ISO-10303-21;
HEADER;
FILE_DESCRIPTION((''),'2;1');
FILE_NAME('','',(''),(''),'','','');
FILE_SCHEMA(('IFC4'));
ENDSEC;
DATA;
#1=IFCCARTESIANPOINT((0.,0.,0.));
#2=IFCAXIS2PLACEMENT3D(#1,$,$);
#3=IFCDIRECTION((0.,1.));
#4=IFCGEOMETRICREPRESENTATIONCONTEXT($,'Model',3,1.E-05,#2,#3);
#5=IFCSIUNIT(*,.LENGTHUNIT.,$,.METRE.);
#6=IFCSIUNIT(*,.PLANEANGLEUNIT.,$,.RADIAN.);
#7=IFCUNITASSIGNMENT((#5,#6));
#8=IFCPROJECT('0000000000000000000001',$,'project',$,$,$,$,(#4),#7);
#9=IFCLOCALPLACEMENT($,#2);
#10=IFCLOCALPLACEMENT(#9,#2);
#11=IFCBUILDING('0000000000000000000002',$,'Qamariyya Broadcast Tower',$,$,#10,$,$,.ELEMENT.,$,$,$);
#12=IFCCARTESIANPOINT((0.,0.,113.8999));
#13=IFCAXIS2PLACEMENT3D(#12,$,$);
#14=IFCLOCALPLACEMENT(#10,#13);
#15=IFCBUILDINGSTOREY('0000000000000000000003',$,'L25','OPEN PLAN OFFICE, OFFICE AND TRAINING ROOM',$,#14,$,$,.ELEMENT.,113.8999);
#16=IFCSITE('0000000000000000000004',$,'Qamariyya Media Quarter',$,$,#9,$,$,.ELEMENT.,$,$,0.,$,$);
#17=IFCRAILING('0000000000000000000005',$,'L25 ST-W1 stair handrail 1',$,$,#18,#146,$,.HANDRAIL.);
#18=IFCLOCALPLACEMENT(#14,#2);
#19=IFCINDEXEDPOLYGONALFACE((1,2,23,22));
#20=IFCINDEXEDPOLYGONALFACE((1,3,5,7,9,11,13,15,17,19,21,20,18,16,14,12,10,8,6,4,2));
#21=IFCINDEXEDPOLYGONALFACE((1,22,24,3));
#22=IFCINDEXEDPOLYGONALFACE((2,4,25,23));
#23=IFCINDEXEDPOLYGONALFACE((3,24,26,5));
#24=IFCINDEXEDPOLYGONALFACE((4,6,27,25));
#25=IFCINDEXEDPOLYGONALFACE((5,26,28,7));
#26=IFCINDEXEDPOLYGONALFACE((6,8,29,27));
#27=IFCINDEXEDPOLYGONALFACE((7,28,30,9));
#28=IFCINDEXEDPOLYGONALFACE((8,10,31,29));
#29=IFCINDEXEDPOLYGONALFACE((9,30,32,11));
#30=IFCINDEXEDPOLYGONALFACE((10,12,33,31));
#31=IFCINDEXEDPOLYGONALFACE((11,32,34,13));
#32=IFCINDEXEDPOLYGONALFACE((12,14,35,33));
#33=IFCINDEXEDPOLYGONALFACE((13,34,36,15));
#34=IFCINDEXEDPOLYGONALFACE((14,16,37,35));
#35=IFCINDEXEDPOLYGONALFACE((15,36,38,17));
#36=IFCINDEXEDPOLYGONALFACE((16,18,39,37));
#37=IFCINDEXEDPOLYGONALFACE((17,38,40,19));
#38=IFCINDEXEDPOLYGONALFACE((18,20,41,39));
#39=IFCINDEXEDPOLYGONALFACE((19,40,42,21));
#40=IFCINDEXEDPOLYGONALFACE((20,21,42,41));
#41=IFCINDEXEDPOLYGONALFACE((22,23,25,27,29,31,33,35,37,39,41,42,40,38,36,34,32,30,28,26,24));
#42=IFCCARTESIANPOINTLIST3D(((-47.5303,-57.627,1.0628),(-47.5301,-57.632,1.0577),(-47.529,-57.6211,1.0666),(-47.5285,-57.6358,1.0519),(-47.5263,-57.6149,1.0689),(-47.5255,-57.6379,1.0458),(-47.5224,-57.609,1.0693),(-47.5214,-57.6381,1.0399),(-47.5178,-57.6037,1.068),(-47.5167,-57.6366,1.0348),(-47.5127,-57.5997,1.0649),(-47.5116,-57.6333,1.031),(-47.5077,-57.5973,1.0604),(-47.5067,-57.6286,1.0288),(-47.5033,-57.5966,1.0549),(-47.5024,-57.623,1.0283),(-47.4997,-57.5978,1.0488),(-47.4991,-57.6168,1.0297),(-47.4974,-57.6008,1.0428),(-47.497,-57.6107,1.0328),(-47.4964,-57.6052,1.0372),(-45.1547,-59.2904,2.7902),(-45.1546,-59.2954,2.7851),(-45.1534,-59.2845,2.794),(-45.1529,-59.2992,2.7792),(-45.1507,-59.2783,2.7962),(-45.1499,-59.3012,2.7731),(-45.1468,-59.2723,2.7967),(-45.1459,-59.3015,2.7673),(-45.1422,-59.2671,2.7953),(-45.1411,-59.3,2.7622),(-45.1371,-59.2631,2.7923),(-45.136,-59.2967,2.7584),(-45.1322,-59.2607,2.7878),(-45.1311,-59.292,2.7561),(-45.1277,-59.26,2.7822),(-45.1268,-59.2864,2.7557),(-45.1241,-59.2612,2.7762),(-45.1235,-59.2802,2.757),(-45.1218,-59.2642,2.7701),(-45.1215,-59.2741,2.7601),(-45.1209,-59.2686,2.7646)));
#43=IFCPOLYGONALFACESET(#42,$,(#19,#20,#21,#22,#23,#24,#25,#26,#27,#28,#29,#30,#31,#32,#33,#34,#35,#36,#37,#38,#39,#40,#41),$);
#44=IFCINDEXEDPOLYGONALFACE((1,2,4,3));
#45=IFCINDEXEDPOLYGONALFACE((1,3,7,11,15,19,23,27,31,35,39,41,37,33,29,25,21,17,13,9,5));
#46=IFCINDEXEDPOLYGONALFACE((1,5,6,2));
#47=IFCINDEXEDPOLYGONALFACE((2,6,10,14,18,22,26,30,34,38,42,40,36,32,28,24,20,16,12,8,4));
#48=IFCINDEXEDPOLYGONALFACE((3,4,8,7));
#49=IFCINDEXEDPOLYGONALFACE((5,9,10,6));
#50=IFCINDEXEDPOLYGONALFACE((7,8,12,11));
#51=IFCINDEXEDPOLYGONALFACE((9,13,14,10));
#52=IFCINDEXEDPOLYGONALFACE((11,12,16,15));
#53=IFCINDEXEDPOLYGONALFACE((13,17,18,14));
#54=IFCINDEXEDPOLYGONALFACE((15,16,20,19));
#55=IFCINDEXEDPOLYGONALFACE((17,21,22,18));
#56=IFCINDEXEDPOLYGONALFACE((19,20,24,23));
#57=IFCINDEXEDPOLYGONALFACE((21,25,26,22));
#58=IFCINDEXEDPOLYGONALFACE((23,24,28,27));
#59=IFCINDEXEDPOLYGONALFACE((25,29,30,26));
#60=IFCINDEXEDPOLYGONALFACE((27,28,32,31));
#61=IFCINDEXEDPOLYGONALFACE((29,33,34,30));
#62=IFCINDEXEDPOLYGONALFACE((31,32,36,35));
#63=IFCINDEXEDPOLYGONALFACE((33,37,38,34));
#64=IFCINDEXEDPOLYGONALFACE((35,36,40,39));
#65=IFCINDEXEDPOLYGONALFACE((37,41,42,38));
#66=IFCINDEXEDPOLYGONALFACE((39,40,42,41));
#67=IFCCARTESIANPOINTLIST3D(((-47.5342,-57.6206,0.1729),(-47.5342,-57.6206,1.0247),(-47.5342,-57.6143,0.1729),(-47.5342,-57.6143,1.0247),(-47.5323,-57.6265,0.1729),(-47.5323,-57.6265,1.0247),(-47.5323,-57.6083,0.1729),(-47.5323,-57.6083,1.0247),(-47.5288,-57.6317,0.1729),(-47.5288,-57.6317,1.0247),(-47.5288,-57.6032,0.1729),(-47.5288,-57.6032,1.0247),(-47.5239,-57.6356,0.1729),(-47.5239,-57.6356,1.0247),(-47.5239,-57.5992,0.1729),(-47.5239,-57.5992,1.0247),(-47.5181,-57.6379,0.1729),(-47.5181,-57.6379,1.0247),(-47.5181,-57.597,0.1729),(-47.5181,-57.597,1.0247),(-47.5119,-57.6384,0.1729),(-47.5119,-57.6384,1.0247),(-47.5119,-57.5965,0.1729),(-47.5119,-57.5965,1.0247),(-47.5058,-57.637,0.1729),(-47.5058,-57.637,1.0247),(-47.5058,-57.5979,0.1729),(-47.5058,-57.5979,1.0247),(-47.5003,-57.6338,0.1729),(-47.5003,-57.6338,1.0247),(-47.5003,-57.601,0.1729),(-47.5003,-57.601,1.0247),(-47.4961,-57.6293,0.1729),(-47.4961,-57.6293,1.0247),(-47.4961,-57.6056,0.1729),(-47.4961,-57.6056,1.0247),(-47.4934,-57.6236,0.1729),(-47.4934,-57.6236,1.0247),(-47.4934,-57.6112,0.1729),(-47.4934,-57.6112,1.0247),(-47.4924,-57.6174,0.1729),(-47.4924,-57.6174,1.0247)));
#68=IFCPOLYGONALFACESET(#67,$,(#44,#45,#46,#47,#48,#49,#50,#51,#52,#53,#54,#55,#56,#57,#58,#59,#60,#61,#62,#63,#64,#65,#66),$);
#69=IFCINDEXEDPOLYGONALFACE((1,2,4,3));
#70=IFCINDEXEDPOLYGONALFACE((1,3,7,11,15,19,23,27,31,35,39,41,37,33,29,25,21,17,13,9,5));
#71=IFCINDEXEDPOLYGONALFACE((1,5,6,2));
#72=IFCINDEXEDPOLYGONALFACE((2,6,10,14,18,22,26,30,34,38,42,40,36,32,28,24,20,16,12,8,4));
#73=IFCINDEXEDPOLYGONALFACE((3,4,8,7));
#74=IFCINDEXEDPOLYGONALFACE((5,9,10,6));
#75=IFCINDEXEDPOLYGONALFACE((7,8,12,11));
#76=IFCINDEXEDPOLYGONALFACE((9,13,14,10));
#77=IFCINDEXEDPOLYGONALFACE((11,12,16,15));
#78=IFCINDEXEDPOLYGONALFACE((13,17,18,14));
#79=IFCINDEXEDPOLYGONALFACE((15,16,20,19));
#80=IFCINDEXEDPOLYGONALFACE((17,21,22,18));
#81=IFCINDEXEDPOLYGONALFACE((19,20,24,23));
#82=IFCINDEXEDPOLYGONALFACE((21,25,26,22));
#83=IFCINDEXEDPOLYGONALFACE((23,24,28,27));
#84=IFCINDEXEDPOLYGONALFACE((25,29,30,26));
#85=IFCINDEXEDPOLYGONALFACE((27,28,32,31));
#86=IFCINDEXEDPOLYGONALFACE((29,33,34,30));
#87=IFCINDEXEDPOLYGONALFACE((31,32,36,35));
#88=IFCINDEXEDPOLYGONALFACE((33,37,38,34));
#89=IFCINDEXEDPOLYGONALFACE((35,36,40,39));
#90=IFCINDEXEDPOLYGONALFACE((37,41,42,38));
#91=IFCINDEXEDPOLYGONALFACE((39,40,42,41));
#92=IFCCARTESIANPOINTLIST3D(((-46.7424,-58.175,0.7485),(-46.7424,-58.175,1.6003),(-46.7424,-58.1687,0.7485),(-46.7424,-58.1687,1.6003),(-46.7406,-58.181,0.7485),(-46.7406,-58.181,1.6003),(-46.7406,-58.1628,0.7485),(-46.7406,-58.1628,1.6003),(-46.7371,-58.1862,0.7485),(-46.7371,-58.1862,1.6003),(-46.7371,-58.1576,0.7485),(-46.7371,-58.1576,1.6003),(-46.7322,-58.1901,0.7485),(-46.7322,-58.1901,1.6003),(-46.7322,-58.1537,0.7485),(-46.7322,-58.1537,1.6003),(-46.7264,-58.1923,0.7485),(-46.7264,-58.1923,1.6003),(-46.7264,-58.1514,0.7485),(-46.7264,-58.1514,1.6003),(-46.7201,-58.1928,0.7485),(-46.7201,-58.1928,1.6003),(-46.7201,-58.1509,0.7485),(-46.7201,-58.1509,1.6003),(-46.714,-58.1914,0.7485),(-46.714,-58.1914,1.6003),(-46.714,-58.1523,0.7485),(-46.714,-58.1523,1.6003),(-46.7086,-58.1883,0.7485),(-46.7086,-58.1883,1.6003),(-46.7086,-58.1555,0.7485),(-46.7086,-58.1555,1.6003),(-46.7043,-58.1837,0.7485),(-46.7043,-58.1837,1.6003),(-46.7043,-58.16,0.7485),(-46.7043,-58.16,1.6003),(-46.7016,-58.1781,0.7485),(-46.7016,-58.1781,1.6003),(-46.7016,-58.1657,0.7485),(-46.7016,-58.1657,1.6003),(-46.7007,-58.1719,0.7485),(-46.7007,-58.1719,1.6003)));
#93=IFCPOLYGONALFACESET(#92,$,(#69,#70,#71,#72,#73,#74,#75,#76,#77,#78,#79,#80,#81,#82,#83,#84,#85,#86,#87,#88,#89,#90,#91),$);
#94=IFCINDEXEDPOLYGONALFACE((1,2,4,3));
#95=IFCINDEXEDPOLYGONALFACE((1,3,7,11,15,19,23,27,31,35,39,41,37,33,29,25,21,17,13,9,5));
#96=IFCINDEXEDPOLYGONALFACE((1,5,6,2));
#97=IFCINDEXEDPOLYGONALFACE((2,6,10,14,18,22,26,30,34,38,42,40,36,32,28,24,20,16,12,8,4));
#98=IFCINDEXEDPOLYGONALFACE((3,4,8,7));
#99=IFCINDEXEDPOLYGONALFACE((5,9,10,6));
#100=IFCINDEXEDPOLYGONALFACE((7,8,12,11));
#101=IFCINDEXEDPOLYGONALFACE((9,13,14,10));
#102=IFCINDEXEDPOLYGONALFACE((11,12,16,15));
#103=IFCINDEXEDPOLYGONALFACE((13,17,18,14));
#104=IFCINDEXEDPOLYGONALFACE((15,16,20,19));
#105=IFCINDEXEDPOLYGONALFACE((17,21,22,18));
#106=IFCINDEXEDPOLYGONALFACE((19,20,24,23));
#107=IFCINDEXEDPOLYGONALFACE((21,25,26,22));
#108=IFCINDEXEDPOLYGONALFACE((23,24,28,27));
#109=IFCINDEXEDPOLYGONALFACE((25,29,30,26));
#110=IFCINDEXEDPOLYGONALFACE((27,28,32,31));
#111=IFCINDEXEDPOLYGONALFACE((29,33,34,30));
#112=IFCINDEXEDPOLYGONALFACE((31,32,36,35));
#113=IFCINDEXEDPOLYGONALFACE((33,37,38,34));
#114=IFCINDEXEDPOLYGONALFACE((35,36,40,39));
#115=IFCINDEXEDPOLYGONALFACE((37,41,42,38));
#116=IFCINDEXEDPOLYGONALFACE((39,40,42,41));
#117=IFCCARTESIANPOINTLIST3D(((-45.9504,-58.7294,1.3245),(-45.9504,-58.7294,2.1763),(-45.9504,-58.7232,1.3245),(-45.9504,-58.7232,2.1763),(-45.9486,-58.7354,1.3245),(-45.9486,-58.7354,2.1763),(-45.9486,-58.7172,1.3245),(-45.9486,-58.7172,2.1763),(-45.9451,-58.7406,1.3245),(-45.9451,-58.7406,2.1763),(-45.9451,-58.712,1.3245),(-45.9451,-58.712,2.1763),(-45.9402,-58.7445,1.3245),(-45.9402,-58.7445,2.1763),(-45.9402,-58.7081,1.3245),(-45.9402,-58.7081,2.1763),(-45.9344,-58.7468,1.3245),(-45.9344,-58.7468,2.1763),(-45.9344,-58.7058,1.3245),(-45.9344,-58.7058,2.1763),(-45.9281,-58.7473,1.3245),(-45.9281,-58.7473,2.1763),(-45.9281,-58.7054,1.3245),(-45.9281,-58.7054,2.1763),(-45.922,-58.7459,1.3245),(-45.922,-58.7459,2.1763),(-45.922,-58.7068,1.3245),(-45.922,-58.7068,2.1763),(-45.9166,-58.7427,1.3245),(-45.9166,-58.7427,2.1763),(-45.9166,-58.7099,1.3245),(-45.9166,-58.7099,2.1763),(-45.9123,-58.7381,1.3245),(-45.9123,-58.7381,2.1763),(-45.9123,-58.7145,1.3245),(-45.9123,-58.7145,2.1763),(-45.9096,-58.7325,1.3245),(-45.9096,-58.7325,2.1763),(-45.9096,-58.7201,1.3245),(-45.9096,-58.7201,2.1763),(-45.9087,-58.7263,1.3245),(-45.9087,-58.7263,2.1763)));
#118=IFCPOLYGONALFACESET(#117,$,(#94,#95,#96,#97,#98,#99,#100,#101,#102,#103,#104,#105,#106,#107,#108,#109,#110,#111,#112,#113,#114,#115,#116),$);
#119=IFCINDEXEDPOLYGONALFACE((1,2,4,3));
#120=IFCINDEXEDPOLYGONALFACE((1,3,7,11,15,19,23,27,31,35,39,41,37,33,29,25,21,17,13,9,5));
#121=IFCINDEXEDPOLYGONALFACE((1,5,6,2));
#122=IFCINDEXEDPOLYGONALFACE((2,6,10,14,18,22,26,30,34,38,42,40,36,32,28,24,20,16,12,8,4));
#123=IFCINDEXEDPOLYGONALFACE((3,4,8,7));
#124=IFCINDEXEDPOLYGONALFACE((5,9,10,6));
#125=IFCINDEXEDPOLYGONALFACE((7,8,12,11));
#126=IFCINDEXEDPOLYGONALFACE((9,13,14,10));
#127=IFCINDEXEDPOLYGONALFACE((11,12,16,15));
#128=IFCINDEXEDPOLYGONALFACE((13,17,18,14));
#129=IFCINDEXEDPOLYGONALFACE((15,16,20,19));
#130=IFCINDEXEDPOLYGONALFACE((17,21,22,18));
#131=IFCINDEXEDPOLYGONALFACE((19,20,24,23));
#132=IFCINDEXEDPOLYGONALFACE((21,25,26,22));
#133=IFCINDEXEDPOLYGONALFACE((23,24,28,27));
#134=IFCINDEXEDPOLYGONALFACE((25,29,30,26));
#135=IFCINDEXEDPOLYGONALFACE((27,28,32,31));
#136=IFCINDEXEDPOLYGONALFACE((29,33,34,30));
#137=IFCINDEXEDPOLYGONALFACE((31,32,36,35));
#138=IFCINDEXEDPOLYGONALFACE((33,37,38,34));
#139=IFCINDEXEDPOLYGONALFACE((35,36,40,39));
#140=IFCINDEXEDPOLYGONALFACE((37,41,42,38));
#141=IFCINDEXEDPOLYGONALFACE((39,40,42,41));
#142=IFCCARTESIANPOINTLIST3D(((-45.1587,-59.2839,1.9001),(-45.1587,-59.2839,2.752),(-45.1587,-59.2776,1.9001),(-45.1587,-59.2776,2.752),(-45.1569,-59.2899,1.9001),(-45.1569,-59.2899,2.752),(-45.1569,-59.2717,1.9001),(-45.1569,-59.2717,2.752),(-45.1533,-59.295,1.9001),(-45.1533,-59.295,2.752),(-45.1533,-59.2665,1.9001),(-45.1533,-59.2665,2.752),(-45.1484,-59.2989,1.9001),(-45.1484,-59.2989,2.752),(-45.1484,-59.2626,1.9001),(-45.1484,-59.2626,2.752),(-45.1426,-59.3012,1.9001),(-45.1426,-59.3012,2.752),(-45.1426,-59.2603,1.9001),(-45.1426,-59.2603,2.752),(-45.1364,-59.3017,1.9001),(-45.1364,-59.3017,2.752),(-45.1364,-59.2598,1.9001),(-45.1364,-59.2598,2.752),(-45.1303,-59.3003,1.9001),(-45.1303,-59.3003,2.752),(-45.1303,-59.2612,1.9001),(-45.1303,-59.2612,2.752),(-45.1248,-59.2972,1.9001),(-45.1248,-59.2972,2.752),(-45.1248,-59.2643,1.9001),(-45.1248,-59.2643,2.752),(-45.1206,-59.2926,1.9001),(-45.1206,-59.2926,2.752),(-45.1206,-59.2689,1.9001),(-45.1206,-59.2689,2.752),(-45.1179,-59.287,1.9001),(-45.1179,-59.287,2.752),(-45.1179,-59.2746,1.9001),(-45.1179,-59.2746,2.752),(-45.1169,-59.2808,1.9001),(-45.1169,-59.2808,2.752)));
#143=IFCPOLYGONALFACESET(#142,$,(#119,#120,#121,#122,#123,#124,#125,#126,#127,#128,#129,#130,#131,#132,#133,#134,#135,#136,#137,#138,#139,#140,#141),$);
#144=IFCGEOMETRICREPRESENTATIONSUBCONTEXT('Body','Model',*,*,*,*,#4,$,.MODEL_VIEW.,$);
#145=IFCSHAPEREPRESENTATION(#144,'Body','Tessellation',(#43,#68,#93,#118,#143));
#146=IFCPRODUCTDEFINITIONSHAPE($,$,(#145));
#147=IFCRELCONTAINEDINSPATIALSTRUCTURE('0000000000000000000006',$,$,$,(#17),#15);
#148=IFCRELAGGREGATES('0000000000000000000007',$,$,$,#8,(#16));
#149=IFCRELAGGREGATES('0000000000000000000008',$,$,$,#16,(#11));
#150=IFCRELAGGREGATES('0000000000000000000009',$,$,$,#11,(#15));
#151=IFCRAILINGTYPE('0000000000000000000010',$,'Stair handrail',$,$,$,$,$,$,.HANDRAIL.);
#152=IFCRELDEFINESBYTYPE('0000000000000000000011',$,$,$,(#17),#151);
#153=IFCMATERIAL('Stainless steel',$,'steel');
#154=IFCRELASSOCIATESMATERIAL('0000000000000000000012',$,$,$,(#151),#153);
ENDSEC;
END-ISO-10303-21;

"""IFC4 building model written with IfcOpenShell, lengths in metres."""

from ifc_helpers import new_model, si_unit, direction, frame, origin, origin_2d, place, context, subcontext, project, spatial, circle, extrude, material, type_object, element, save


model = new_model("IFC4")

# Units and contexts
model_context = context("Model", 3, precision=1e-05, world=origin(), true_north=direction((0.0, 1.0)))
body_context = subcontext(model_context, "Body", "Model", "MODEL_VIEW")
ifc_project = project(units=[si_unit("LENGTHUNIT", "METRE"), si_unit("PLANEANGLEUNIT", "RADIAN")], contexts=[model_context])

# Site, building, storey
site_placement = place(None, origin())
site = spatial("IfcSite", under=ifc_project, at=site_placement, Name="Qamariyya Media Quarter", CompositionType="ELEMENT", RefElevation=0.0)
building_placement = place(site_placement, origin())
building = spatial("IfcBuilding", under=site, at=building_placement, Name="Qamariyya Broadcast Tower", CompositionType="ELEMENT")
storey_placement = place(building_placement, frame((0.0, 0.0, 113.8999)))
storey = spatial("IfcBuildingStorey", under=building, at=storey_placement, Name="L25", Description="OPEN PLAN OFFICE, OFFICE AND TRAINING ROOM", CompositionType="ELEMENT", Elevation=113.8999)

# Railing
ifc_material_1 = material(Name="Stainless steel", Category="steel")
railing_type_1 = type_object("IfcRailingType", Name="Stair handrail", PredefinedType="HANDRAIL", material=ifc_material_1)
railing_1_placement = place(storey_placement, frame((-47.5134, -57.6174, 0.1729)))
element("IfcRailing", 1, at=railing_1_placement, inside=storey, type_object=railing_type_1, Name="L25 ST-W1 stair handrail 1", PredefinedType="HANDRAIL", context=body_context, shape_type="SweptSolid", body=[
    extrude(circle(Radius=0.0239, at=origin_2d()), frame((0.0, 0.0, 0.876), z_axis=(0.70377, -0.492784, 0.511734), x_axis=(0.573575, 0.819153, 0.0)), (0.0, 0.0, 1.0), 3.3755),
    extrude(circle(Radius=0.021, at=origin_2d()), origin(), (0.0, 0.0, 1.0), 0.8518),
    extrude(circle(Radius=0.021, at=origin_2d()), frame((0.7917, -0.5544, 0.5757)), (0.0, 0.0, 1.0), 0.8518),
    extrude(circle(Radius=0.021, at=origin_2d()), frame((1.5837, -1.1089, 1.1516)), (0.0, 0.0, 1.0), 0.8518),
    extrude(circle(Radius=0.021, at=origin_2d()), frame((2.3755, -1.6633, 1.7273)), (0.0, 0.0, 1.0), 0.8518),
])

save(model, "model.ifc")
